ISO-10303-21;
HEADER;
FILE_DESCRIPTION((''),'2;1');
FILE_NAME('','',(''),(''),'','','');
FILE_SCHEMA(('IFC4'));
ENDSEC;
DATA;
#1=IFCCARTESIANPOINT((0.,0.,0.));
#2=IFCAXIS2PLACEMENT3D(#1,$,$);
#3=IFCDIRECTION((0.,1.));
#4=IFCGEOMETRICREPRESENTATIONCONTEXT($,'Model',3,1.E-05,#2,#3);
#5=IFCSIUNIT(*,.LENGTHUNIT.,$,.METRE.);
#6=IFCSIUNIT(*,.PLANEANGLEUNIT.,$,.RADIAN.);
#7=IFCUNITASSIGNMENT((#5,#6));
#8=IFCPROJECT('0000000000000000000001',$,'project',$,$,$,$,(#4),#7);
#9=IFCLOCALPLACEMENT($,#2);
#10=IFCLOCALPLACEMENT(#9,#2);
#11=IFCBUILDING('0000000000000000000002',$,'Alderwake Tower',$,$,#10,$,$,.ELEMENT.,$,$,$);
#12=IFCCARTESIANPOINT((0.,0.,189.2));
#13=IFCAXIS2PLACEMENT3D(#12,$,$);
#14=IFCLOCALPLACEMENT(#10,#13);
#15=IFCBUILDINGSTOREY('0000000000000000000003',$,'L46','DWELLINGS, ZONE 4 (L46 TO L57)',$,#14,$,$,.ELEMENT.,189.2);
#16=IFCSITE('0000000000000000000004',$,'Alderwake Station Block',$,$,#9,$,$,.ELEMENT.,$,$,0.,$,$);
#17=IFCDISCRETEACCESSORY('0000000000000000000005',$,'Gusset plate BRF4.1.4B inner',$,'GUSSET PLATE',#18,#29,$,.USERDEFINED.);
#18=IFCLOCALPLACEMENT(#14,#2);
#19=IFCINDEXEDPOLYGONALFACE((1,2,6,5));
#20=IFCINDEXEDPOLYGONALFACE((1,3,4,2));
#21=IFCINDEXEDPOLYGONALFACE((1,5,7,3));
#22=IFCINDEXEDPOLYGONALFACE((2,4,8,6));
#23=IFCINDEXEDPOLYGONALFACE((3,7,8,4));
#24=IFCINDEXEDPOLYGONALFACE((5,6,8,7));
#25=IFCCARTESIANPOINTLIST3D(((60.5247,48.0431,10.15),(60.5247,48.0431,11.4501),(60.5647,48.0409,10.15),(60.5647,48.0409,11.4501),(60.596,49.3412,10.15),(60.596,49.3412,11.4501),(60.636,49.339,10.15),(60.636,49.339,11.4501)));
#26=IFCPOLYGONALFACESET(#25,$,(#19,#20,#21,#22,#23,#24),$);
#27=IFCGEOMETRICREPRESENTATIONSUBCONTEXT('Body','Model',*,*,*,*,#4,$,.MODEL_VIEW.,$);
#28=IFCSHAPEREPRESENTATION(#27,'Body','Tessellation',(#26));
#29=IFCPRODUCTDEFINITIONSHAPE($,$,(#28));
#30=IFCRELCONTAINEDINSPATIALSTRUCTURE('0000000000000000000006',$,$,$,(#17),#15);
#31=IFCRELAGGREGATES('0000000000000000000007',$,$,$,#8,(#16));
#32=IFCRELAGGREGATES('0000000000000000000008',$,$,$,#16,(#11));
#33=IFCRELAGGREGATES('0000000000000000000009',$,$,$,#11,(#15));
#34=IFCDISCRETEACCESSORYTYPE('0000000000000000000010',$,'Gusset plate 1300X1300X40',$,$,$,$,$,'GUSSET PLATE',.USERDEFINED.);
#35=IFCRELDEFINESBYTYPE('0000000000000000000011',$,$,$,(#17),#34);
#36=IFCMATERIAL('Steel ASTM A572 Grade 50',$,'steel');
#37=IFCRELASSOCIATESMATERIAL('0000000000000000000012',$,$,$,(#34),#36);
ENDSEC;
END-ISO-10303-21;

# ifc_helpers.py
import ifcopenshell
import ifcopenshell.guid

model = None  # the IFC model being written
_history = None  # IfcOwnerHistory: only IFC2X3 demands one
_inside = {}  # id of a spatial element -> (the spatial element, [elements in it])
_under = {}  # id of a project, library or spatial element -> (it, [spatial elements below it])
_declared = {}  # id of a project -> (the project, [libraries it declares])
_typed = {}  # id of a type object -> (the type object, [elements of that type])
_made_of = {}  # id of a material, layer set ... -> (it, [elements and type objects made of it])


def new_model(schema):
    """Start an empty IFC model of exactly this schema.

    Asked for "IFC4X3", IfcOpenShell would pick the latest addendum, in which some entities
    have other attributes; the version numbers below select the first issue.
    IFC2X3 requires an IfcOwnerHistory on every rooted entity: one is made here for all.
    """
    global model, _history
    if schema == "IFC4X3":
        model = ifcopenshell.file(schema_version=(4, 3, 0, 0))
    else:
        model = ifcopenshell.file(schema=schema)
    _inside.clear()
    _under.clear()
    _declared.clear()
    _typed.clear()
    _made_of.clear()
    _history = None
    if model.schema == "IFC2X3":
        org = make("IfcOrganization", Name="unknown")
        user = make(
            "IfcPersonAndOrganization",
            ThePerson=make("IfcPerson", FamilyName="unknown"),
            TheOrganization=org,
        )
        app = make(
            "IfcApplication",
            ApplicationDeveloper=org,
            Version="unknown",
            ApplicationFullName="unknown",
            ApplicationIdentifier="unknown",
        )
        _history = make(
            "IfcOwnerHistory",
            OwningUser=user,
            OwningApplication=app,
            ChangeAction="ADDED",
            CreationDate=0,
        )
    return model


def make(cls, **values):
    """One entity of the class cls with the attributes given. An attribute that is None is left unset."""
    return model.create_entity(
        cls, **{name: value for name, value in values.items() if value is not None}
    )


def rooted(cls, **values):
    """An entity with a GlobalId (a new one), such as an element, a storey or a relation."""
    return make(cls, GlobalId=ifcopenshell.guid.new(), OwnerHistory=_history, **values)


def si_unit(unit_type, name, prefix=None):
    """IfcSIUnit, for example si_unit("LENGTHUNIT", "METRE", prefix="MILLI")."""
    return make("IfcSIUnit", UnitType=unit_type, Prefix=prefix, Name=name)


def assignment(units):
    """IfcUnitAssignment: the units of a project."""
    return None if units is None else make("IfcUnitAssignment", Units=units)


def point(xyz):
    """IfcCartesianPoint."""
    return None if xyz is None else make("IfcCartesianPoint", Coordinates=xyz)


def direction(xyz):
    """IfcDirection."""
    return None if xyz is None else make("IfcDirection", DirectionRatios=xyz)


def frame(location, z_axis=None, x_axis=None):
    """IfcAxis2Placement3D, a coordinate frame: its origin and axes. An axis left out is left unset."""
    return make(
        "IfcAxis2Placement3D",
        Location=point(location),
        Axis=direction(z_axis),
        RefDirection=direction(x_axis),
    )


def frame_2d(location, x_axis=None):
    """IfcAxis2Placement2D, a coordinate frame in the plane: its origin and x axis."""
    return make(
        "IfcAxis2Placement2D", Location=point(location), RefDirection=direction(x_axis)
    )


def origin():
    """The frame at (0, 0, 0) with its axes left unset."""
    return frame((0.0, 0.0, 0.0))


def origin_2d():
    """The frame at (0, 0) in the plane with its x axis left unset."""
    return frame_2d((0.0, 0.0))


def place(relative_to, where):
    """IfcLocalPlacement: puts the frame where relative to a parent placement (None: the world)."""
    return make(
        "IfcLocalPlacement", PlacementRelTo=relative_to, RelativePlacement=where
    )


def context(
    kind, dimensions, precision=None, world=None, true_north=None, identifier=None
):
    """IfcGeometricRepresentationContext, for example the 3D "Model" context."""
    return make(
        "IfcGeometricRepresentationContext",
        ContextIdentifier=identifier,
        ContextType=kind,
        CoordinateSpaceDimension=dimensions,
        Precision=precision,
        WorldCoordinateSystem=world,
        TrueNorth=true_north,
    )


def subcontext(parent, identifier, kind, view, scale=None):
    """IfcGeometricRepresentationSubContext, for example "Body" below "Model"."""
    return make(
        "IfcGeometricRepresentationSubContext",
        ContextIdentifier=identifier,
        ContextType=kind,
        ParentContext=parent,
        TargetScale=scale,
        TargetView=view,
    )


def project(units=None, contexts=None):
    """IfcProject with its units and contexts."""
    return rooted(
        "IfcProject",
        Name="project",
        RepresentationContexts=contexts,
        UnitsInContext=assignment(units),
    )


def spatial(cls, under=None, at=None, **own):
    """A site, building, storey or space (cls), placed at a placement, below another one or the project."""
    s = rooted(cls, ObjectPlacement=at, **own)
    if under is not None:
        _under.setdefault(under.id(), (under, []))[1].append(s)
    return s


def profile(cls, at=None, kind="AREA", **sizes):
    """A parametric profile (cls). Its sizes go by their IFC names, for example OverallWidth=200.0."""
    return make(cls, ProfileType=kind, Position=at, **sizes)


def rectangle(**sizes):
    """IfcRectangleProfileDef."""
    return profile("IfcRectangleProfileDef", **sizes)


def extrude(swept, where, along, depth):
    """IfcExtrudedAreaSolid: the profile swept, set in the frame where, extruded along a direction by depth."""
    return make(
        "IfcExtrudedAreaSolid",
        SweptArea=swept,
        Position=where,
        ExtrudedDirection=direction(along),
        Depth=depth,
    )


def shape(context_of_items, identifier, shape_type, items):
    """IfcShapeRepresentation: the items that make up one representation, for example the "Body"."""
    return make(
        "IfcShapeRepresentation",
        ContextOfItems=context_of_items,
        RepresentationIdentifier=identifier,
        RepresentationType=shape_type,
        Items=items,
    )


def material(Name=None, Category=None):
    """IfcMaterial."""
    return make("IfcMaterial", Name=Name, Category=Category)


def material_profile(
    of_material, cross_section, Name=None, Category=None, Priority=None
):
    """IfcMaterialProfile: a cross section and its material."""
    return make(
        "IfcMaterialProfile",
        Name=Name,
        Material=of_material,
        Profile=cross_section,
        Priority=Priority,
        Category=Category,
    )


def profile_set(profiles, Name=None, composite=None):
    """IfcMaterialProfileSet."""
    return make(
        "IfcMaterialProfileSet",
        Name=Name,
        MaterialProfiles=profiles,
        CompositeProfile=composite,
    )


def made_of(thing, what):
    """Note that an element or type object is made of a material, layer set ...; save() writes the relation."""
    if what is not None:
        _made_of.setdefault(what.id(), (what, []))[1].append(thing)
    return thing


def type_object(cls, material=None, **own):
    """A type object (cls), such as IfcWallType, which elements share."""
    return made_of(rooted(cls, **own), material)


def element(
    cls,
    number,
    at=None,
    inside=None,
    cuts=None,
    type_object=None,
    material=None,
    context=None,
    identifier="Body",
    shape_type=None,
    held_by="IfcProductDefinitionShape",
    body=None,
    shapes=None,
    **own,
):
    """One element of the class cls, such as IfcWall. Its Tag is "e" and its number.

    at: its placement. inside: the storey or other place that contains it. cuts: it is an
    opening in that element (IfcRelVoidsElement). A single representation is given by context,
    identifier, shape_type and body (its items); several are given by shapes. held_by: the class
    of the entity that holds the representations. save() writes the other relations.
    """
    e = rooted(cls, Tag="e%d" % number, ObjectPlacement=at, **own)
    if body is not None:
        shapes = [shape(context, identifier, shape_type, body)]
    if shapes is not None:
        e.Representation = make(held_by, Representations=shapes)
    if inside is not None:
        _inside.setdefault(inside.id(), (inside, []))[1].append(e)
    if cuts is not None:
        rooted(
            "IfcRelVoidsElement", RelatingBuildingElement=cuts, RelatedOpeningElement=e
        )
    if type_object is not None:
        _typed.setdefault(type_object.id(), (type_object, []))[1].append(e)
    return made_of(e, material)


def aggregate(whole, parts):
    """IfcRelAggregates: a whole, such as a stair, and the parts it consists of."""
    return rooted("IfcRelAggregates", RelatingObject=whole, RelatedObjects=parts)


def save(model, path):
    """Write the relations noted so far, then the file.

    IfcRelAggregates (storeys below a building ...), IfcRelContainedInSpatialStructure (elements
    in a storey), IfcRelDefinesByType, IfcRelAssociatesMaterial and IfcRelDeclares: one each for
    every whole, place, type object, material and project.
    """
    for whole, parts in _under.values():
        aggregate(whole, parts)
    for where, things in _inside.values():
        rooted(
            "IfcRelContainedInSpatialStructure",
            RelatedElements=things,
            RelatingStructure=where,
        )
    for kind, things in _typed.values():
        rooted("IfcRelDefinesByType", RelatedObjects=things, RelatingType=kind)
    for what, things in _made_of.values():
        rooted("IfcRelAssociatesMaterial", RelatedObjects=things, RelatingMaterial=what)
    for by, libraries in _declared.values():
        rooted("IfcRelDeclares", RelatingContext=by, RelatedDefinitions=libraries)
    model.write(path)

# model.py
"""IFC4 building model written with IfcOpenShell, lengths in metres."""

from ifc_helpers import new_model, si_unit, direction, frame, origin, origin_2d, place, context, subcontext, project, spatial, rectangle, extrude, material, material_profile, profile_set, type_object, element, save


model = new_model("IFC4")

# Units and contexts
model_context = context("Model", 3, precision=1e-05, world=origin(), true_north=direction((0.0, 1.0)))
body_context = subcontext(model_context, "Body", "Model", "MODEL_VIEW")
ifc_project = project(units=[si_unit("LENGTHUNIT", "METRE"), si_unit("PLANEANGLEUNIT", "RADIAN")], contexts=[model_context])

# Site, building, storey
site_placement = place(None, origin())
site = spatial("IfcSite", under=ifc_project, at=site_placement, Name="Alderwake Station Block", CompositionType="ELEMENT", RefElevation=0.0)
building_placement = place(site_placement, origin())
building = spatial("IfcBuilding", under=site, at=building_placement, Name="Alderwake Tower", CompositionType="ELEMENT")
storey_placement = place(building_placement, frame((0.0, 0.0, 189.2)))
storey = spatial("IfcBuildingStorey", under=building, at=storey_placement, Name="L46", Description="DWELLINGS, ZONE 4 (L46 TO L57)", CompositionType="ELEMENT", Elevation=189.2)

# Discrete accessory
ifc_material_1 = material(Name="Steel ASTM A572 Grade 50", Category="steel")
ifc_material_profile_1 = material_profile(ifc_material_1, rectangle(XDim=1.3, YDim=1.3, at=origin_2d()), Name="gusset 1300X1300")
ifc_profile_set_1 = profile_set([ifc_material_profile_1], Name="Steel ASTM A572 Grade 50")
discrete_accessory_type = type_object("IfcDiscreteAccessoryType", Name="Gusset plate 1300X1300X40", ElementType="GUSSET PLATE", PredefinedType="USERDEFINED", material=ifc_profile_set_1)
discrete_accessory_1_placement = place(storey_placement, frame((60.6003, 48.6899, 10.8), z_axis=(-0.998498, 0.054796, 0.0), x_axis=(-0.054796, -0.998498, 0.0)))
element("IfcDiscreteAccessory", 1, at=discrete_accessory_1_placement, inside=storey, type_object=discrete_accessory_type, Name="Gusset plate BRF4.1.4B inner", ObjectType="GUSSET PLATE", PredefinedType="USERDEFINED", context=body_context, shape_type="SweptSolid", body=[
    extrude(rectangle(XDim=1.3, YDim=1.3, at=origin_2d()), origin(), (0.0, 0.0, 1.0), 0.04),
])

save(model, "model.ifc")
